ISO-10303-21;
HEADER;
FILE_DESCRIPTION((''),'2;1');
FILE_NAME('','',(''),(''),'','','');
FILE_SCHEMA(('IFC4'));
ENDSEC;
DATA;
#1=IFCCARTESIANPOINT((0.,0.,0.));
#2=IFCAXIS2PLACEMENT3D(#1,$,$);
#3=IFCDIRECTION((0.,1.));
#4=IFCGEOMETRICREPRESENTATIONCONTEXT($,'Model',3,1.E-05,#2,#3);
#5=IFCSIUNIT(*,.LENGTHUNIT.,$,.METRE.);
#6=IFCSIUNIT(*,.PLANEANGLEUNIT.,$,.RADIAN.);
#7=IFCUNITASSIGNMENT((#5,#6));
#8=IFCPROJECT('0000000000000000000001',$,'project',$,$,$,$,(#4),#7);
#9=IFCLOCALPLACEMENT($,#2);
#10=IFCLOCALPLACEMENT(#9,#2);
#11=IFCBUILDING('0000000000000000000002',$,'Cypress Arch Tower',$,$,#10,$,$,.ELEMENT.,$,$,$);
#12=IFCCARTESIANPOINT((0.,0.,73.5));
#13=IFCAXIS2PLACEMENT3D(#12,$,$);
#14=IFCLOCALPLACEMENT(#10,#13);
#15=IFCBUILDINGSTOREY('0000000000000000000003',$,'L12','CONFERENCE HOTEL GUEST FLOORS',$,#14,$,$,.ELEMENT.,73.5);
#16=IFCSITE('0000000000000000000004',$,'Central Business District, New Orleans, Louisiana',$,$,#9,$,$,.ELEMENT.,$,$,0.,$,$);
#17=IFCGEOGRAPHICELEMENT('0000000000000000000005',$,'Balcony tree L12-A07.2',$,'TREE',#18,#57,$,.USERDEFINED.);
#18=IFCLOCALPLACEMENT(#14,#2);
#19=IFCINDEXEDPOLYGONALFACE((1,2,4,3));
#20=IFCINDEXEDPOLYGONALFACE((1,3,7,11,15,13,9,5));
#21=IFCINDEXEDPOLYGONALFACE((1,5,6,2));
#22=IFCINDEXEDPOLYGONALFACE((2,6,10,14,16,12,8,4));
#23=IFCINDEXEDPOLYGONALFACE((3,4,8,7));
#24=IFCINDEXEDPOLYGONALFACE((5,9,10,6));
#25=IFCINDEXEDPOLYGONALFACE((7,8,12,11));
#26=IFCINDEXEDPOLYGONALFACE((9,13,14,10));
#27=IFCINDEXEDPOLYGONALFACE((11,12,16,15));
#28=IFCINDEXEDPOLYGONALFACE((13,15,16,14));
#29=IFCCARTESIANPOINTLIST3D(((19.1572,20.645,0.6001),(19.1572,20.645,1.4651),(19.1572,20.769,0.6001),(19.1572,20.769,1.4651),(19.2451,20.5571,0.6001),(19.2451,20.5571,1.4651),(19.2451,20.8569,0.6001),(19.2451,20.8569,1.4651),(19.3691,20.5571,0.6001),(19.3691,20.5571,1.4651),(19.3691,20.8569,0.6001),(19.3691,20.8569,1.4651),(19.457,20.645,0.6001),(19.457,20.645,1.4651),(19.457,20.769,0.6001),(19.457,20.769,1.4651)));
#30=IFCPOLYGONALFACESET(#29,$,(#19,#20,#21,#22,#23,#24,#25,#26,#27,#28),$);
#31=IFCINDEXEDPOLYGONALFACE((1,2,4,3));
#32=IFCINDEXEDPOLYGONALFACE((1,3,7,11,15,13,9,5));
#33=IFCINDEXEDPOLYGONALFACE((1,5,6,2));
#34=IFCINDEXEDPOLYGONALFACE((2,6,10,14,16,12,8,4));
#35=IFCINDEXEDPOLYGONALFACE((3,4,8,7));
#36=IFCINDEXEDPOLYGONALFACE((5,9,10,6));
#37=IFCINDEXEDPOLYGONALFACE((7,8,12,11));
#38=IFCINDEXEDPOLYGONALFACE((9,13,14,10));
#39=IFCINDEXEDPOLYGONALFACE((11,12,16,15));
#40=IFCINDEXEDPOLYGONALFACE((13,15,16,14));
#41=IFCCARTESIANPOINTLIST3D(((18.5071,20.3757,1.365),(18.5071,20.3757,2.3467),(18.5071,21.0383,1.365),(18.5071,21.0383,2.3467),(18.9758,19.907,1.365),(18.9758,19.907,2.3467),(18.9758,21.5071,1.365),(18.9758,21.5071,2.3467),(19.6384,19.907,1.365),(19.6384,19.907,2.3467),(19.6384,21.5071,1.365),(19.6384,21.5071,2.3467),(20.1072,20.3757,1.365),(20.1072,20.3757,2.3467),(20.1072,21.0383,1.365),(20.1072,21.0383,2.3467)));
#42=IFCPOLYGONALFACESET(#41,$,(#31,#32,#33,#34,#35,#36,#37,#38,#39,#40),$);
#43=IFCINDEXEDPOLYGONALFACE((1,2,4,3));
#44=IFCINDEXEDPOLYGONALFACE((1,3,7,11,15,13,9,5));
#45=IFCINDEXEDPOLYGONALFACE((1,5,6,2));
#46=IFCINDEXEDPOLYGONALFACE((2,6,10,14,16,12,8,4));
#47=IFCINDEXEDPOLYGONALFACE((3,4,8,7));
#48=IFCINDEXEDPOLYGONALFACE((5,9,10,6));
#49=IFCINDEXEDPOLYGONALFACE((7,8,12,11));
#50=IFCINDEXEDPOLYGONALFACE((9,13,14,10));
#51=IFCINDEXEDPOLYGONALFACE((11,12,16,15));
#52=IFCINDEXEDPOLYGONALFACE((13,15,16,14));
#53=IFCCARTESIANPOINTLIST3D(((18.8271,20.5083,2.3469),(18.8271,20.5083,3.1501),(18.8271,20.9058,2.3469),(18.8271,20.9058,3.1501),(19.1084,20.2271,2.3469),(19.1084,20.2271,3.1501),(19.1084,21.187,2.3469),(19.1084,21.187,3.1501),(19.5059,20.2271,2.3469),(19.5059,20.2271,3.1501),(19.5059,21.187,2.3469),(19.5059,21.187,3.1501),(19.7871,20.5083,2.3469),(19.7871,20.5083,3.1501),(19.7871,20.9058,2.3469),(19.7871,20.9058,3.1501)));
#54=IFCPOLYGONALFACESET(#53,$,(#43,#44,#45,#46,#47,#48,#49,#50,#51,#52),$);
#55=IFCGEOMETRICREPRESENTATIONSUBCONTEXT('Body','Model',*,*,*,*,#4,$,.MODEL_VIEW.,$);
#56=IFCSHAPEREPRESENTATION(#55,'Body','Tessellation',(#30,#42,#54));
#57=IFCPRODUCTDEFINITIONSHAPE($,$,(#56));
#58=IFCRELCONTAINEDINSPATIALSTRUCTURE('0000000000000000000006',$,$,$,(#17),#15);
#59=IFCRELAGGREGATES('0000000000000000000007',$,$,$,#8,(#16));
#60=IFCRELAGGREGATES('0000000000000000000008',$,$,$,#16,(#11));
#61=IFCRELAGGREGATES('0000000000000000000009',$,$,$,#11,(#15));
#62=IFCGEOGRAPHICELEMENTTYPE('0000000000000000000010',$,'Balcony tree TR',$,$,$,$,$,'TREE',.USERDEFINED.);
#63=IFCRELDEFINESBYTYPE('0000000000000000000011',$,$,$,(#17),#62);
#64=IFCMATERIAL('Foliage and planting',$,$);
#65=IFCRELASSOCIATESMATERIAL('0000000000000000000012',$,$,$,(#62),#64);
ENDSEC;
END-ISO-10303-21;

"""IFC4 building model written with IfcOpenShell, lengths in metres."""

from ifc_helpers import new_model, si_unit, direction, frame, origin, place, context, subcontext, project, spatial, polyline, outline, extrude, material, type_object, element, save


model = new_model("IFC4")

# Units and contexts
model_context = context("Model", 3, precision=1e-05, world=origin(), true_north=direction((0.0, 1.0)))
body_context = subcontext(model_context, "Body", "Model", "MODEL_VIEW")
ifc_project = project(units=[si_unit("LENGTHUNIT", "METRE"), si_unit("PLANEANGLEUNIT", "RADIAN")], contexts=[model_context])

# Site, building, storey
site_placement = place(None, origin())
site = spatial("IfcSite", under=ifc_project, at=site_placement, Name="Central Business District, New Orleans, Louisiana", CompositionType="ELEMENT", RefElevation=0.0)
building_placement = place(site_placement, origin())
building = spatial("IfcBuilding", under=site, at=building_placement, Name="Cypress Arch Tower", CompositionType="ELEMENT")
storey_placement = place(building_placement, frame((0.0, 0.0, 73.5)))
storey = spatial("IfcBuildingStorey", under=building, at=storey_placement, Name="L12", Description="CONFERENCE HOTEL GUEST FLOORS", CompositionType="ELEMENT", Elevation=73.5)

# Geographic element
ifc_material_1 = material(Name="Foliage and planting")
geographic_element_type = type_object("IfcGeographicElementType", Name="Balcony tree TR", ElementType="TREE", PredefinedType="USERDEFINED", material=ifc_material_1)
geographic_element_placement = place(storey_placement, frame((19.3071, 20.707, 0.6001), z_axis=(0.0, 0.0, 1.0), x_axis=(1.0, 0.0, 0.0)))
element("IfcGeographicElement", 1, at=geographic_element_placement, inside=storey, type_object=geographic_element_type, Name="Balcony tree L12-A07.2", ObjectType="TREE", PredefinedType="USERDEFINED", context=body_context, shape_type="SweptSolid", body=[
    extrude(outline(polyline([(0.1499, 0.062), (0.062, 0.1499), (-0.062, 0.1499), (-0.1499, 0.062), (-0.1499, -0.062), (-0.062, -0.1499), (0.062, -0.1499), (0.1499, -0.062), (0.1499, 0.062)])), origin(), (0.0, 0.0, 1.0), 0.865),
    extrude(outline(polyline([(0.8, 0.3313), (0.3313, 0.8), (-0.3313, 0.8), (-0.8, 0.3313), (-0.8, -0.3313), (-0.3313, -0.8), (0.3313, -0.8), (0.8, -0.3313), (0.8, 0.3313)])), frame((0.0, 0.0, 0.7649)), (0.0, 0.0, 1.0), 0.9817),
    extrude(outline(polyline([(0.48, 0.1987), (0.1987, 0.48), (-0.1987, 0.48), (-0.48, 0.1987), (-0.48, -0.1987), (-0.1987, -0.48), (0.1987, -0.48), (0.48, -0.1987), (0.48, 0.1987)])), frame((0.0, 0.0, 1.7468)), (0.0, 0.0, 1.0), 0.8032),
])

save(model, "model.ifc")
